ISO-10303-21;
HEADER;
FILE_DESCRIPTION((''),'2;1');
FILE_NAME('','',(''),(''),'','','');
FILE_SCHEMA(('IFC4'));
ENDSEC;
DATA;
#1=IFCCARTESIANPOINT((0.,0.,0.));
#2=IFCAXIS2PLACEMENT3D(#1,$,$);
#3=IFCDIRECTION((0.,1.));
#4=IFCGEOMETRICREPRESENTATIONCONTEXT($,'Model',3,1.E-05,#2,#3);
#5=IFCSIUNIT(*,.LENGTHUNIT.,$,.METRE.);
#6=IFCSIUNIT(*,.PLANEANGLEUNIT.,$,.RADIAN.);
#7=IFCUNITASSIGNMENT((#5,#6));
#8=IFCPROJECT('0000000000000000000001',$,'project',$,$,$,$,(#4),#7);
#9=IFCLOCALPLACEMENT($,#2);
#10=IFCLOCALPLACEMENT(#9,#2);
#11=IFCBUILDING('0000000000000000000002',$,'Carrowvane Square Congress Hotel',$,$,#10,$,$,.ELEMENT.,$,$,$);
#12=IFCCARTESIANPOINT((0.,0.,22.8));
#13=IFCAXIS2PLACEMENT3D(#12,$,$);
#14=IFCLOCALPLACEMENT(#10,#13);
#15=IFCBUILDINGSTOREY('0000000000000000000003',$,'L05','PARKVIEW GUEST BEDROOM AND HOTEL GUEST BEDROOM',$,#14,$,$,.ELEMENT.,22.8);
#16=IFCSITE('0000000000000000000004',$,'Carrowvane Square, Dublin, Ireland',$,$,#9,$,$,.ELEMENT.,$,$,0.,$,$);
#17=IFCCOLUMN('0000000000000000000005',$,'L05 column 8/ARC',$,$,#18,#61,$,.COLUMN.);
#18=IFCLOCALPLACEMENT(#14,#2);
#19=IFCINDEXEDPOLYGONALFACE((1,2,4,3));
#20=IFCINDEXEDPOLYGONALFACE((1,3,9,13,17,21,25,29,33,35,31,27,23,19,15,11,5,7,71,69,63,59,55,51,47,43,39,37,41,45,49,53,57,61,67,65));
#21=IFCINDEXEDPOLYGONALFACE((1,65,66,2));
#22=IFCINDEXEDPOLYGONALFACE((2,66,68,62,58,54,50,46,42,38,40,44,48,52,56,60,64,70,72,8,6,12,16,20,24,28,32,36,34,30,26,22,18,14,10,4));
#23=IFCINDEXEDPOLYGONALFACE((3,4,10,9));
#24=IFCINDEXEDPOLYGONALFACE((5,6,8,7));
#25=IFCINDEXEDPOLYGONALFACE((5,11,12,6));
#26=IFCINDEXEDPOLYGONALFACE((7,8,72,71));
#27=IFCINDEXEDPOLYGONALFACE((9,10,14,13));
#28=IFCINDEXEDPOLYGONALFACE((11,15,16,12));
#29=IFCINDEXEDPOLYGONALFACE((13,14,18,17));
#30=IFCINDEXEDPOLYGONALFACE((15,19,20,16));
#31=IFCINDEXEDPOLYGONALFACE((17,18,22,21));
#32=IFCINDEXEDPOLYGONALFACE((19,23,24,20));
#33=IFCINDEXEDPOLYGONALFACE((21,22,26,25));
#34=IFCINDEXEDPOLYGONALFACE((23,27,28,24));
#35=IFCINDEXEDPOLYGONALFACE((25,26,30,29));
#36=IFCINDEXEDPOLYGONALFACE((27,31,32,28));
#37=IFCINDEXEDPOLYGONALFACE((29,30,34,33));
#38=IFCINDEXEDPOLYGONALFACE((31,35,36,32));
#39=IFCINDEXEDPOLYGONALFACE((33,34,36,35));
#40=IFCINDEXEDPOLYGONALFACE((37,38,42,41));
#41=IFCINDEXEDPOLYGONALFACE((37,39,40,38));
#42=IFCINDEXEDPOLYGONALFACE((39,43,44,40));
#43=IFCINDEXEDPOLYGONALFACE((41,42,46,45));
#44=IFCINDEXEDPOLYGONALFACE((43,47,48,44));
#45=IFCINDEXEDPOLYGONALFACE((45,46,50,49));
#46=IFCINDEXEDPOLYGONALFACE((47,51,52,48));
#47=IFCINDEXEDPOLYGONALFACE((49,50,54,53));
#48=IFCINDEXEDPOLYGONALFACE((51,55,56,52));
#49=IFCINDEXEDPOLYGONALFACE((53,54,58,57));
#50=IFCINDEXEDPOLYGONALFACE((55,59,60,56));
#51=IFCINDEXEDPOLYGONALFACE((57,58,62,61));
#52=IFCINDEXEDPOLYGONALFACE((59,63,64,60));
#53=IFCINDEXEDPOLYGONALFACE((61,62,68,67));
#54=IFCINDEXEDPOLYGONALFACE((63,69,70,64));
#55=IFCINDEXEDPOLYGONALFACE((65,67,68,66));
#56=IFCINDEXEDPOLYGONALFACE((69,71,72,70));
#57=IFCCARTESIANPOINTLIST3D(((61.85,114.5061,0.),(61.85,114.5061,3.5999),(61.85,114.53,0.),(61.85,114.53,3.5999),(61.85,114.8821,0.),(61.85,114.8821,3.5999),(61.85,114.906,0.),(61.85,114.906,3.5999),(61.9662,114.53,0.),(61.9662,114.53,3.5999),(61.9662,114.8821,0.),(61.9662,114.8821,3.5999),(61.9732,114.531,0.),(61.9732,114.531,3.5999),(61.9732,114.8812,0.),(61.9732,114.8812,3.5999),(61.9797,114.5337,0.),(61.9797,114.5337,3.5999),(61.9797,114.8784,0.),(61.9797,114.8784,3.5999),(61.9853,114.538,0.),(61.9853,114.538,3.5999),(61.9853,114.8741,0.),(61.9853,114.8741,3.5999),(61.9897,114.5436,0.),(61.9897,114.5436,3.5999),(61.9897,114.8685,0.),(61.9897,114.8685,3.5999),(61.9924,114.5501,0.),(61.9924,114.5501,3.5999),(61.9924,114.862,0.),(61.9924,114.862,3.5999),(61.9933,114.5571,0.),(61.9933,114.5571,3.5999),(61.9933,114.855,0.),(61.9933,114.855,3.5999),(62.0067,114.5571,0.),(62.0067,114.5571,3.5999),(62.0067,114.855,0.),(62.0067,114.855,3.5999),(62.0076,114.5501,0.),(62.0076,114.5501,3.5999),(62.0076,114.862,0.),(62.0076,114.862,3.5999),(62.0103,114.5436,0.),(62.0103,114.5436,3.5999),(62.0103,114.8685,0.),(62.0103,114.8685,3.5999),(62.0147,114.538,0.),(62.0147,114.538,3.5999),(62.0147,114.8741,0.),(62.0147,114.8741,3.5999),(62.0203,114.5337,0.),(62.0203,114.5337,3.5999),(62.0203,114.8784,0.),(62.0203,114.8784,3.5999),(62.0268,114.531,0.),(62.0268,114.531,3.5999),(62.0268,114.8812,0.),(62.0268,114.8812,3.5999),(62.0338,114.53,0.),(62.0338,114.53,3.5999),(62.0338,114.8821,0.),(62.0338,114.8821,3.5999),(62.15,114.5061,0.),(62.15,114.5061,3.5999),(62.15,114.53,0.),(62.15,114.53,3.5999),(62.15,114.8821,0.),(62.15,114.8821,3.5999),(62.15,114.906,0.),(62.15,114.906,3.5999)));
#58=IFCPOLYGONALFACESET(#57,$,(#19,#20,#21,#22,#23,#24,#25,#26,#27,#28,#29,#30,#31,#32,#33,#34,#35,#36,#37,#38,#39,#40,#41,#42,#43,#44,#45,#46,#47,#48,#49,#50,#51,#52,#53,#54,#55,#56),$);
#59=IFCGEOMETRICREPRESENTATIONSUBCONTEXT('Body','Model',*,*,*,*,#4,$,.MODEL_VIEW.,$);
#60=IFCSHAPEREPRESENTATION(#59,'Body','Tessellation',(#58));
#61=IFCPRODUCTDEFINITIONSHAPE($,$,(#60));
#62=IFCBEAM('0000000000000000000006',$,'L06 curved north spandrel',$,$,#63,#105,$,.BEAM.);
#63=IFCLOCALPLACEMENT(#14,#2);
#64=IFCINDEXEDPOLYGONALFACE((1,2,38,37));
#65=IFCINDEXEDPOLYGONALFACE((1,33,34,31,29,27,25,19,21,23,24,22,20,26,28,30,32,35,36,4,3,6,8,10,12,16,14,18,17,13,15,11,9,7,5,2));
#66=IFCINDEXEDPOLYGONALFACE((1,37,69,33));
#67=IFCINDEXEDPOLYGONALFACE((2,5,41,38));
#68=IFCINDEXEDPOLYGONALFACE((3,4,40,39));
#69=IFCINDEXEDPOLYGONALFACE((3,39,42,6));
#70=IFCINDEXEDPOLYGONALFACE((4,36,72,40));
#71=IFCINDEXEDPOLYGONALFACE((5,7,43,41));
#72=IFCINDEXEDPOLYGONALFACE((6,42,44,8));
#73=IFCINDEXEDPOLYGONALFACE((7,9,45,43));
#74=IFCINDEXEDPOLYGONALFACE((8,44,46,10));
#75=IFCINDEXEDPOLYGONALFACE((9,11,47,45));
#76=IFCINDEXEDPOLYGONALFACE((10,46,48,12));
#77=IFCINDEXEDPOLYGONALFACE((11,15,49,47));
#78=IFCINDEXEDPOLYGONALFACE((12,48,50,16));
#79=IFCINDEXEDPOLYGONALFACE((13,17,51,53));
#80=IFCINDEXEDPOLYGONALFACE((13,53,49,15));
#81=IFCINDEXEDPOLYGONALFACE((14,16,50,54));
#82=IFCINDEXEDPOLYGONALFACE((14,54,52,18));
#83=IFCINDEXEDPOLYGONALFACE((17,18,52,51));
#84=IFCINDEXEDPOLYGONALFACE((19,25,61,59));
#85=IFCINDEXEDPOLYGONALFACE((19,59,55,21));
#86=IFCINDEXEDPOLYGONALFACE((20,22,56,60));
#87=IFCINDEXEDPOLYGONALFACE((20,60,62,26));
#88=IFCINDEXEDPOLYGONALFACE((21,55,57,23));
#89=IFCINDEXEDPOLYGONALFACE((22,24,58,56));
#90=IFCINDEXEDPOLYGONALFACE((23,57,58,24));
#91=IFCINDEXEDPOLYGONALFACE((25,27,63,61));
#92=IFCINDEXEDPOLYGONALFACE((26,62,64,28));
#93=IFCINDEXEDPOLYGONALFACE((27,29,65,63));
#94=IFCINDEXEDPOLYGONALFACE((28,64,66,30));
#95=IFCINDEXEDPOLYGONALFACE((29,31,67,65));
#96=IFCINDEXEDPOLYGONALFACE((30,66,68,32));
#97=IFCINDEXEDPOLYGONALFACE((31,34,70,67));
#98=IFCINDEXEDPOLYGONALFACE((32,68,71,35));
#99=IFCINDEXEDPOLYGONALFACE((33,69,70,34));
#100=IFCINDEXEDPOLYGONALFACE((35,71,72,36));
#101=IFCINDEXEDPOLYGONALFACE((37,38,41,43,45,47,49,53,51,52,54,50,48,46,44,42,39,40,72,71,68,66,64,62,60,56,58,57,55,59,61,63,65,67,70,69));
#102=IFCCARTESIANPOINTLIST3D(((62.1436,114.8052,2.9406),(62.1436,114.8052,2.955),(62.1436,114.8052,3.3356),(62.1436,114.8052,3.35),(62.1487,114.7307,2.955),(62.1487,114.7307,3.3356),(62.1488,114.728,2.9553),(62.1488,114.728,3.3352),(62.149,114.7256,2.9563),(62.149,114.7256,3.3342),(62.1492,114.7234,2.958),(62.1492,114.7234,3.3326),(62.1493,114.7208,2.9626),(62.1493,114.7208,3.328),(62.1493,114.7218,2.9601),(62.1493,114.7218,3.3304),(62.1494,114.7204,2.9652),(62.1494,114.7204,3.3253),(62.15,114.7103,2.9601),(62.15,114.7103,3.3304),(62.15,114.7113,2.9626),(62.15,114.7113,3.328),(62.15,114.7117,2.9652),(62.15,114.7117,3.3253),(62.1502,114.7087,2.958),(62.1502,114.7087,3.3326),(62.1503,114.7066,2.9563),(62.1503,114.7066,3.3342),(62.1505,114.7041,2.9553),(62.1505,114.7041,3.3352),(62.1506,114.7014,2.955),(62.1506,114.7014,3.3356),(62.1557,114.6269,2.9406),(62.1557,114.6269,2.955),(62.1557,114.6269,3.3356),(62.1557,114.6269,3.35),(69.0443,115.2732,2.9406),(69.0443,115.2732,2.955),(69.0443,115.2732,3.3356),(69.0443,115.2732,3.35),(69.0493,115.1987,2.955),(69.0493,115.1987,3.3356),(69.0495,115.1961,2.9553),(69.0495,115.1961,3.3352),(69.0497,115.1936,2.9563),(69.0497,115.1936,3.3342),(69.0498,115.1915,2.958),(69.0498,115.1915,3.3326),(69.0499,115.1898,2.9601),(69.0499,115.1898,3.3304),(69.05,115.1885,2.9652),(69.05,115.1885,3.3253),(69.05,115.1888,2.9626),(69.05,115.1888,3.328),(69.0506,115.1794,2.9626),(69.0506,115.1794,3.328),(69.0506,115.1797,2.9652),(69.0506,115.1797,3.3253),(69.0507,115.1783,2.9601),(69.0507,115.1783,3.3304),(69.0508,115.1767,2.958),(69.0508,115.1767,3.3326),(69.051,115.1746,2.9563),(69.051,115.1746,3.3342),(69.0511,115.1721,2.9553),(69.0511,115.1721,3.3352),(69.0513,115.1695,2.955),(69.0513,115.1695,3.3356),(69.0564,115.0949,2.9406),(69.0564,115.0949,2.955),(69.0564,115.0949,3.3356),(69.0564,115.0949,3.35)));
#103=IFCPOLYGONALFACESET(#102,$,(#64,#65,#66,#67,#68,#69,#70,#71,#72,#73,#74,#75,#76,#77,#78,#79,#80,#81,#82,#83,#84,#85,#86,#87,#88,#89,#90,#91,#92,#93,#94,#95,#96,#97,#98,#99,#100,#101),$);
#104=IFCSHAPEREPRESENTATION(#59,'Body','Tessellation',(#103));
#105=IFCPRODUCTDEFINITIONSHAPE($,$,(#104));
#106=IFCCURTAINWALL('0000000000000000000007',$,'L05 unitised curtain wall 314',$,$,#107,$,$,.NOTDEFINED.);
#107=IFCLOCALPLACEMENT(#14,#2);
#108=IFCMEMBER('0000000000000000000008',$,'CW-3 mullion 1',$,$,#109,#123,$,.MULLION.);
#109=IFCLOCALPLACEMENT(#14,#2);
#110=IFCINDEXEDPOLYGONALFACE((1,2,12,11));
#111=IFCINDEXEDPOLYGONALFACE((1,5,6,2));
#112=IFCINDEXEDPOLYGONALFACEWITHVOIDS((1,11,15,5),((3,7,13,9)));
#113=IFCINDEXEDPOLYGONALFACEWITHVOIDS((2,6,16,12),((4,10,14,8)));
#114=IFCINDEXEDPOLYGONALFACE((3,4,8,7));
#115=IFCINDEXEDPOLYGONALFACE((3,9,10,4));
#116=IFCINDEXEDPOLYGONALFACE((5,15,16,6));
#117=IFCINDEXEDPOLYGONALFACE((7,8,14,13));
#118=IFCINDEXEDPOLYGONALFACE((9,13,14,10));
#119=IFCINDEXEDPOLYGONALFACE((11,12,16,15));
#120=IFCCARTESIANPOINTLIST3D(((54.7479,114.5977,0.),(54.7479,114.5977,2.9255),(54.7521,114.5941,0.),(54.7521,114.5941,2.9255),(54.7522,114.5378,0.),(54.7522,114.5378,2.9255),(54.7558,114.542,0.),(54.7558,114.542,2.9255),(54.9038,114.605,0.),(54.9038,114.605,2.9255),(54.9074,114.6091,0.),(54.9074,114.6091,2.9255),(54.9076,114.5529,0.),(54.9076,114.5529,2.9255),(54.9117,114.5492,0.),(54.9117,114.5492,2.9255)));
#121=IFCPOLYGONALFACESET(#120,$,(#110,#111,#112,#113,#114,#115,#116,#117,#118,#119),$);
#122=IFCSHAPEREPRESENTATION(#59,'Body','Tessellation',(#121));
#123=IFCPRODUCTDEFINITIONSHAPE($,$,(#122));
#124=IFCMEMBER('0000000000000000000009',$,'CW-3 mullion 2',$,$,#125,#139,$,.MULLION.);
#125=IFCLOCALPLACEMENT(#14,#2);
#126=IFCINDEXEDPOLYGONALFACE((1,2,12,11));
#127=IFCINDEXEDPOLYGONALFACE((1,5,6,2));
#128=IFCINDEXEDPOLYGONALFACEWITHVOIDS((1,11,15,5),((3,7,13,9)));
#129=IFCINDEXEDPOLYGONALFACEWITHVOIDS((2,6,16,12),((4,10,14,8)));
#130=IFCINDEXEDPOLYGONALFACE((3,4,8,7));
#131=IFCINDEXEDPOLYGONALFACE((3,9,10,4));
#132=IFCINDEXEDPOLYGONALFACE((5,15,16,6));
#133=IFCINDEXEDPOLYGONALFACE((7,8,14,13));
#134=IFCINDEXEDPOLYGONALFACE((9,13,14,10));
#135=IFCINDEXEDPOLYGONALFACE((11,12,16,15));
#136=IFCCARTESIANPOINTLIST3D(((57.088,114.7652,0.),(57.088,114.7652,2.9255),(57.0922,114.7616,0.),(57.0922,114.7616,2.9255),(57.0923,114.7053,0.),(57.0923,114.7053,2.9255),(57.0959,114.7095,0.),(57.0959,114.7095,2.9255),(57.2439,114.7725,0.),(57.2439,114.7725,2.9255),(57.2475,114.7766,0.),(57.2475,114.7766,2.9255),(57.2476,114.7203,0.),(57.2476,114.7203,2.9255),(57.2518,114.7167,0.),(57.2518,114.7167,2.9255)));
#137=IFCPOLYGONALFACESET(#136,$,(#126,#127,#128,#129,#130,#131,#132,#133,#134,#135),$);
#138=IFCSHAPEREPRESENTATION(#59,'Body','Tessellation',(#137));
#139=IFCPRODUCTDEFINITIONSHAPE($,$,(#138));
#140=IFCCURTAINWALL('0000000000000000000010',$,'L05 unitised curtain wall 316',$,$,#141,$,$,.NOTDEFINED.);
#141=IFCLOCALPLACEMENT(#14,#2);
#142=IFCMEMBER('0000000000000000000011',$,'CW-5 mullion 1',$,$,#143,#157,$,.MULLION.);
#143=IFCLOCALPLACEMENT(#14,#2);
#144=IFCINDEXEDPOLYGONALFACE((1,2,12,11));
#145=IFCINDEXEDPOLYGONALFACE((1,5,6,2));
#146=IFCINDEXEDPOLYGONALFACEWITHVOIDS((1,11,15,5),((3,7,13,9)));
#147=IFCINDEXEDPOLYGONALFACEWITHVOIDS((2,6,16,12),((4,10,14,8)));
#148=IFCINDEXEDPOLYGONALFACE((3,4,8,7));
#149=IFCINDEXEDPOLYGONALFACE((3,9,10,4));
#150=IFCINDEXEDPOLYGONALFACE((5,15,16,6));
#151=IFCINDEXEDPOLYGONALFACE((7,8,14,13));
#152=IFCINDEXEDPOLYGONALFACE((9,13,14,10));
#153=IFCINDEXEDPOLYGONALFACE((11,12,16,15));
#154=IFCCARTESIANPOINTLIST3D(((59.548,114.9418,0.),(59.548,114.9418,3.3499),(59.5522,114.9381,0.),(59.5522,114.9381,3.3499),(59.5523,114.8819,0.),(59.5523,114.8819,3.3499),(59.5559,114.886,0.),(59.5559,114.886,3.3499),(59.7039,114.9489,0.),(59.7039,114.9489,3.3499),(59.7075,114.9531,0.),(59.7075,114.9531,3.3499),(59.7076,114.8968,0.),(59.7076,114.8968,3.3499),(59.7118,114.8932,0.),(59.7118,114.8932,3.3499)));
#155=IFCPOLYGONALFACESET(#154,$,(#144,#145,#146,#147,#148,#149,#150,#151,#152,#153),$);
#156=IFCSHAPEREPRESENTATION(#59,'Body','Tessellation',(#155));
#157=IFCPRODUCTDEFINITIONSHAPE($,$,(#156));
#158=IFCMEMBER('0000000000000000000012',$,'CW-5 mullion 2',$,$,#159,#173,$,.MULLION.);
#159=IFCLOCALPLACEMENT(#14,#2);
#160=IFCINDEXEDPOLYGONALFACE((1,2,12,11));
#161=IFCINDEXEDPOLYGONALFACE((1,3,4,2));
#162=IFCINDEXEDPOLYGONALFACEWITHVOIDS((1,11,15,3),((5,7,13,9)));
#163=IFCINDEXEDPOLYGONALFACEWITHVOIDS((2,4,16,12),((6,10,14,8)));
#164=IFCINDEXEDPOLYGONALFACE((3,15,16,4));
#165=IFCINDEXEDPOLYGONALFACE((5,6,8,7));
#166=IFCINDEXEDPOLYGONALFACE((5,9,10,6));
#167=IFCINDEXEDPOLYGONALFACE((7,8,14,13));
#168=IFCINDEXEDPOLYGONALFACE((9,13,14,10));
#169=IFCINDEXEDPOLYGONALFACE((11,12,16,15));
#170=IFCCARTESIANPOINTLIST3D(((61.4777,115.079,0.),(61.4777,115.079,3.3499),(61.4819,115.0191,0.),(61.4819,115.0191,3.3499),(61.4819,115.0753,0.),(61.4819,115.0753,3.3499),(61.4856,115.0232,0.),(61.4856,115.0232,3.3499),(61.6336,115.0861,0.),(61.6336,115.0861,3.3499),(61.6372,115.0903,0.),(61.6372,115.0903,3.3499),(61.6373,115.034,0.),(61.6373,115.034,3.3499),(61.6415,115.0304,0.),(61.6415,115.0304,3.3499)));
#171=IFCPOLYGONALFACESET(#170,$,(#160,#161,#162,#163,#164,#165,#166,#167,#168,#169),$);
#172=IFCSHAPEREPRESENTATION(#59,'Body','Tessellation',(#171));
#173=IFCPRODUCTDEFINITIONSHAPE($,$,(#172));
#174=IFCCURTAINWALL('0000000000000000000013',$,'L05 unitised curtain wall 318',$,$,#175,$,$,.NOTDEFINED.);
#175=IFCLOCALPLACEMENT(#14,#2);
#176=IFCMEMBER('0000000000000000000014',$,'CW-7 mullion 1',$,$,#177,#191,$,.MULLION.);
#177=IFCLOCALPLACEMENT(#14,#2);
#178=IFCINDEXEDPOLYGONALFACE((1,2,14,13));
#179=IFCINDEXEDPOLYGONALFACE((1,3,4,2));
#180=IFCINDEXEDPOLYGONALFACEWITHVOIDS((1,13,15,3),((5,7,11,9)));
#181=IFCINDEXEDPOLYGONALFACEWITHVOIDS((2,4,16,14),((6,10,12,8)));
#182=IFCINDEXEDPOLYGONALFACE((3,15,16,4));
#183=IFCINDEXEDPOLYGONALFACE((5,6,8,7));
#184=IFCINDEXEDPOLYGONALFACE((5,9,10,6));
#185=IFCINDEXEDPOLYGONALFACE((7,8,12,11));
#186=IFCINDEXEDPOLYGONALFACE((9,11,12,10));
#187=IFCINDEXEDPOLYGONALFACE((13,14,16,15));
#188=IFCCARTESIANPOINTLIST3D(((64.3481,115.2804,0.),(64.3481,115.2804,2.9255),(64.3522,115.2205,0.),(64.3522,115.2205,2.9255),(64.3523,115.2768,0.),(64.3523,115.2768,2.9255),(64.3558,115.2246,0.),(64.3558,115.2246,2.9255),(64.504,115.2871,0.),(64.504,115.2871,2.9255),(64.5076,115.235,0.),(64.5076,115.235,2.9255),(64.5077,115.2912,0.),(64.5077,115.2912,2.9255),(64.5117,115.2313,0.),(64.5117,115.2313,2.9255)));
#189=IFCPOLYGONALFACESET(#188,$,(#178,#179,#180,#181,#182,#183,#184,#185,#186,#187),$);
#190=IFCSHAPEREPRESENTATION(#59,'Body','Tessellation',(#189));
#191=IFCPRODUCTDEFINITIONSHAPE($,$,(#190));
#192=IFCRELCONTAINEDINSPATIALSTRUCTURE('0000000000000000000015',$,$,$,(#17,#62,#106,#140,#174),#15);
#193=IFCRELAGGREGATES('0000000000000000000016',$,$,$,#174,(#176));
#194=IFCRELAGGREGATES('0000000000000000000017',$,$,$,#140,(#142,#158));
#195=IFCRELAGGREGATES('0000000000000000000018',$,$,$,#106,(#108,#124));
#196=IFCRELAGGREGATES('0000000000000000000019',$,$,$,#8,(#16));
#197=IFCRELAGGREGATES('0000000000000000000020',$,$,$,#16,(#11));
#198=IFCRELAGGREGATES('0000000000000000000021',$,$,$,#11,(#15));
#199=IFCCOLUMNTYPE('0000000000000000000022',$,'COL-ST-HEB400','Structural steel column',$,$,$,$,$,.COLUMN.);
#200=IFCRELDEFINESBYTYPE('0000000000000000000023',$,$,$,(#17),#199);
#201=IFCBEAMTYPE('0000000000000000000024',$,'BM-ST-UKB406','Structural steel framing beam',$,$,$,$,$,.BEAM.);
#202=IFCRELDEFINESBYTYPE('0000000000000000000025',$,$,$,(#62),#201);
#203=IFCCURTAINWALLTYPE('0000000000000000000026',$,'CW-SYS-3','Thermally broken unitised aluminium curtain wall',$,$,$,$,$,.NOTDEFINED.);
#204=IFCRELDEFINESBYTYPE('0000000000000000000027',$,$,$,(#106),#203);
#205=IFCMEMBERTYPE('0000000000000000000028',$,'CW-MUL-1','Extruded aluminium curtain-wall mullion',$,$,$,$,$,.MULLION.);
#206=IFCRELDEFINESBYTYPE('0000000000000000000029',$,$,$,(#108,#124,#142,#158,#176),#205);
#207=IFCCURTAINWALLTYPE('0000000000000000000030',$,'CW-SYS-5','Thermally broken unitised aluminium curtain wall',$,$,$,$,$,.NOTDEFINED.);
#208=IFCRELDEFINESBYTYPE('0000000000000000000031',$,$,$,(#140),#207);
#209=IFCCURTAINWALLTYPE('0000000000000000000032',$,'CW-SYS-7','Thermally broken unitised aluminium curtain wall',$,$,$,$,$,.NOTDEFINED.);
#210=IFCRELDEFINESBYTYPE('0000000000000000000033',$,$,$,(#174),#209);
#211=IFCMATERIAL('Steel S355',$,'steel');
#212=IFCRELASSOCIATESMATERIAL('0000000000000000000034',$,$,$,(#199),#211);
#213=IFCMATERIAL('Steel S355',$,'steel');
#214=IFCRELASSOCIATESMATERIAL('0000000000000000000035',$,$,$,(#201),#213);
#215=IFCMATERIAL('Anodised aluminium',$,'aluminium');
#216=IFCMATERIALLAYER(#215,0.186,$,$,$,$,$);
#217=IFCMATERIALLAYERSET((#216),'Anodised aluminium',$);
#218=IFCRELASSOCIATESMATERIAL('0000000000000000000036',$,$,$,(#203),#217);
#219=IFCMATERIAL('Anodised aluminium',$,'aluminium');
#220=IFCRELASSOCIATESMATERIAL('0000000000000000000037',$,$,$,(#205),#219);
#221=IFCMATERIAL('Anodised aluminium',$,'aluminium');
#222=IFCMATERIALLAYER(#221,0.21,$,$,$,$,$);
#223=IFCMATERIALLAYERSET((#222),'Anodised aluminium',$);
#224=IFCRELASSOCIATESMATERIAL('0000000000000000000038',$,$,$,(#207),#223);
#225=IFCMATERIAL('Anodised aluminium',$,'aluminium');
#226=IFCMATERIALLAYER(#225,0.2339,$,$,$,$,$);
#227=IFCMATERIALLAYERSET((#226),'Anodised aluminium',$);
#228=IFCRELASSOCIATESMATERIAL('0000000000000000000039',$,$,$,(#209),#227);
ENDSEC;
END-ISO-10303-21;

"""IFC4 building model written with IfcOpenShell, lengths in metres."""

from ifc_helpers import new_model, si_unit, direction, frame, origin, origin_2d, place, context, subcontext, project, spatial, hollow_rectangle, i_section, extrude, material, layer, layer_set, material_profile, profile_set, type_object, element, aggregate, save


model = new_model("IFC4")

# Units and contexts
model_context = context("Model", 3, precision=1e-05, world=origin(), true_north=direction((0.0, 1.0)))
body_context = subcontext(model_context, "Body", "Model", "MODEL_VIEW")
ifc_project = project(units=[si_unit("LENGTHUNIT", "METRE"), si_unit("PLANEANGLEUNIT", "RADIAN")], contexts=[model_context])

# Site, building, storey
site_placement = place(None, origin())
site = spatial("IfcSite", under=ifc_project, at=site_placement, Name="Carrowvane Square, Dublin, Ireland", CompositionType="ELEMENT", RefElevation=0.0)
building_placement = place(site_placement, origin())
building = spatial("IfcBuilding", under=site, at=building_placement, Name="Carrowvane Square Congress Hotel", CompositionType="ELEMENT")
storey_placement = place(building_placement, frame((0.0, 0.0, 22.8)))
storey = spatial("IfcBuildingStorey", under=building, at=storey_placement, Name="L05", Description="PARKVIEW GUEST BEDROOM AND HOTEL GUEST BEDROOM", CompositionType="ELEMENT", Elevation=22.8)

# Column
ifc_material_1 = material(Name="Steel S355", Category="steel")
ifc_material_profile_1 = material_profile(ifc_material_1, i_section(OverallWidth=0.3, OverallDepth=0.3999, WebThickness=0.0134, FlangeThickness=0.0239, FilletRadius=0.0271, at=origin_2d()), Name="HEB 400")
ifc_profile_set_1 = profile_set([ifc_material_profile_1], Name="Steel S355")
column_type = type_object("IfcColumnType", Name="COL-ST-HEB400", Description="Structural steel column", PredefinedType="COLUMN", material=ifc_profile_set_1)
column_placement = place(storey_placement, frame((62.0, 114.7061, 0.0), z_axis=(0.0, 0.0, 1.0), x_axis=(1.0, 0.0, 0.0)))
element("IfcColumn", 1, at=column_placement, inside=storey, type_object=column_type, Name="L05 column 8/ARC", PredefinedType="COLUMN", context=body_context, shape_type="SweptSolid", body=[
    extrude(i_section(OverallWidth=0.3, OverallDepth=0.3999, WebThickness=0.0134, FlangeThickness=0.0239, FilletRadius=0.0271, at=origin_2d()), origin(), (0.0, 0.0, 1.0), 3.5999),
])

# Beam
ifc_material_2 = material(Name="Steel S355", Category="steel")
ifc_material_profile_2 = material_profile(ifc_material_2, i_section(OverallWidth=0.1787, OverallDepth=0.4094, WebThickness=0.0088, FlangeThickness=0.0144, FilletRadius=0.0103, at=origin_2d()), Name="UKB 406x178x67")
ifc_profile_set_2 = profile_set([ifc_material_profile_2], Name="Steel S355")
beam_type = type_object("IfcBeamType", Name="BM-ST-UKB406", Description="Structural steel framing beam", PredefinedType="BEAM", material=ifc_profile_set_2)
beam_placement = place(storey_placement, frame((62.1497, 114.7161, 3.1453), z_axis=(0.997708, 0.067667, 0.0), x_axis=(-0.067667, 0.997708, 0.0)))
element("IfcBeam", 2, at=beam_placement, inside=storey, type_object=beam_type, Name="L06 curved north spandrel", PredefinedType="BEAM", context=body_context, shape_type="SweptSolid", body=[
    extrude(i_section(OverallWidth=0.1787, OverallDepth=0.4094, WebThickness=0.0088, FlangeThickness=0.0144, FilletRadius=0.0103, at=origin_2d()), origin(), (0.0, 0.0, 1.0), 6.9165),
])

# Curtain walls, members
ifc_material_3 = material(Name="Anodised aluminium", Category="aluminium")
ifc_layer_1 = layer(ifc_material_3, 0.186)
ifc_layer_set_1 = layer_set([ifc_layer_1], Name="Anodised aluminium")
curtain_wall_type_1 = type_object("IfcCurtainWallType", Name="CW-SYS-3", Description="Thermally broken unitised aluminium curtain wall", PredefinedType="NOTDEFINED", material=ifc_layer_set_1)
curtain_wall_1_placement = place(storey_placement, origin())
curtain_wall_1 = element("IfcCurtainWall", 3, at=curtain_wall_1_placement, inside=storey, type_object=curtain_wall_type_1, Name="L05 unitised curtain wall 314", PredefinedType="NOTDEFINED")
ifc_material_4 = material(Name="Anodised aluminium", Category="aluminium")
ifc_material_profile_3 = material_profile(ifc_material_4, hollow_rectangle(XDim=0.0601, YDim=0.1599, WallThickness=0.0039, at=origin_2d()), Name="CW-ML 60x160x4")
ifc_profile_set_3 = profile_set([ifc_material_profile_3], Name="Anodised aluminium")
member_type_1 = type_object("IfcMemberType", Name="CW-MUL-1", Description="Extruded aluminium curtain-wall mullion", PredefinedType="MULLION", material=ifc_profile_set_3)
member_1_placement = place(storey_placement, frame((54.8298, 114.5735, 0.0), z_axis=(0.0, 0.0, 1.0), x_axis=(-0.071418, 0.997446, 0.0)))
member_1 = element("IfcMember", 4, at=member_1_placement, type_object=member_type_1, Name="CW-3 mullion 1", PredefinedType="MULLION", context=body_context, shape_type="SweptSolid", body=[
    extrude(hollow_rectangle(XDim=0.0601, YDim=0.1599, WallThickness=0.0039, at=origin_2d()), origin(), (0.0, 0.0, 1.0), 2.9255),
])
member_2_placement = place(storey_placement, frame((57.1699, 114.741, 0.0), z_axis=(0.0, 0.0, 1.0), x_axis=(-0.071418, 0.997446, 0.0)))
member_2 = element("IfcMember", 5, at=member_2_placement, type_object=member_type_1, Name="CW-3 mullion 2", PredefinedType="MULLION", context=body_context, shape_type="SweptSolid", body=[
    extrude(hollow_rectangle(XDim=0.0601, YDim=0.1599, WallThickness=0.0039, at=origin_2d()), origin(), (0.0, 0.0, 1.0), 2.9255),
])
ifc_material_5 = material(Name="Anodised aluminium", Category="aluminium")
ifc_layer_2 = layer(ifc_material_5, 0.21)
ifc_layer_set_2 = layer_set([ifc_layer_2], Name="Anodised aluminium")
curtain_wall_type_2 = type_object("IfcCurtainWallType", Name="CW-SYS-5", Description="Thermally broken unitised aluminium curtain wall", PredefinedType="NOTDEFINED", material=ifc_layer_set_2)
curtain_wall_2_placement = place(storey_placement, origin())
curtain_wall_2 = element("IfcCurtainWall", 6, at=curtain_wall_2_placement, inside=storey, type_object=curtain_wall_type_2, Name="L05 unitised curtain wall 316", PredefinedType="NOTDEFINED")
member_3_placement = place(storey_placement, frame((59.6299, 114.9175, 0.0), z_axis=(0.0, 0.0, 1.0), x_axis=(-0.07096, 0.997479, 0.0)))
member_3 = element("IfcMember", 7, at=member_3_placement, type_object=member_type_1, Name="CW-5 mullion 1", PredefinedType="MULLION", context=body_context, shape_type="SweptSolid", body=[
    extrude(hollow_rectangle(XDim=0.0601, YDim=0.1599, WallThickness=0.0039, at=origin_2d()), origin(), (0.0, 0.0, 1.0), 3.3499),
])
member_4_placement = place(storey_placement, frame((61.5596, 115.0547, 0.0), z_axis=(0.0, 0.0, 1.0), x_axis=(-0.07096, 0.997479, 0.0)))
member_4 = element("IfcMember", 8, at=member_4_placement, type_object=member_type_1, Name="CW-5 mullion 2", PredefinedType="MULLION", context=body_context, shape_type="SweptSolid", body=[
    extrude(hollow_rectangle(XDim=0.0601, YDim=0.1599, WallThickness=0.0039, at=origin_2d()), origin(), (0.0, 0.0, 1.0), 3.3499),
])

# Curtain wall, member
ifc_material_6 = material(Name="Anodised aluminium", Category="aluminium")
ifc_layer_3 = layer(ifc_material_6, 0.2339)
ifc_layer_set_3 = layer_set([ifc_layer_3], Name="Anodised aluminium")
curtain_wall_type_3 = type_object("IfcCurtainWallType", Name="CW-SYS-7", Description="Thermally broken unitised aluminium curtain wall", PredefinedType="NOTDEFINED", material=ifc_layer_set_3)
curtain_wall_3_placement = place(storey_placement, origin())
curtain_wall_3 = element("IfcCurtainWall", 9, at=curtain_wall_3_placement, inside=storey, type_object=curtain_wall_type_3, Name="L05 unitised curtain wall 318", PredefinedType="NOTDEFINED")
member_5_placement = place(storey_placement, frame((64.4299, 115.2559, 0.0), z_axis=(0.0, 0.0, 1.0), x_axis=(-0.067865, 0.997694, 0.0)))
member_5 = element("IfcMember", 10, at=member_5_placement, type_object=member_type_1, Name="CW-7 mullion 1", PredefinedType="MULLION", context=body_context, shape_type="SweptSolid", body=[
    extrude(hollow_rectangle(XDim=0.0601, YDim=0.1599, WallThickness=0.0039, at=origin_2d()), origin(), (0.0, 0.0, 1.0), 2.9255),
])
aggregate(curtain_wall_3, [member_5])

aggregate(curtain_wall_2, [member_3, member_4])
aggregate(curtain_wall_1, [member_1, member_2])

save(model, "model.ifc")
